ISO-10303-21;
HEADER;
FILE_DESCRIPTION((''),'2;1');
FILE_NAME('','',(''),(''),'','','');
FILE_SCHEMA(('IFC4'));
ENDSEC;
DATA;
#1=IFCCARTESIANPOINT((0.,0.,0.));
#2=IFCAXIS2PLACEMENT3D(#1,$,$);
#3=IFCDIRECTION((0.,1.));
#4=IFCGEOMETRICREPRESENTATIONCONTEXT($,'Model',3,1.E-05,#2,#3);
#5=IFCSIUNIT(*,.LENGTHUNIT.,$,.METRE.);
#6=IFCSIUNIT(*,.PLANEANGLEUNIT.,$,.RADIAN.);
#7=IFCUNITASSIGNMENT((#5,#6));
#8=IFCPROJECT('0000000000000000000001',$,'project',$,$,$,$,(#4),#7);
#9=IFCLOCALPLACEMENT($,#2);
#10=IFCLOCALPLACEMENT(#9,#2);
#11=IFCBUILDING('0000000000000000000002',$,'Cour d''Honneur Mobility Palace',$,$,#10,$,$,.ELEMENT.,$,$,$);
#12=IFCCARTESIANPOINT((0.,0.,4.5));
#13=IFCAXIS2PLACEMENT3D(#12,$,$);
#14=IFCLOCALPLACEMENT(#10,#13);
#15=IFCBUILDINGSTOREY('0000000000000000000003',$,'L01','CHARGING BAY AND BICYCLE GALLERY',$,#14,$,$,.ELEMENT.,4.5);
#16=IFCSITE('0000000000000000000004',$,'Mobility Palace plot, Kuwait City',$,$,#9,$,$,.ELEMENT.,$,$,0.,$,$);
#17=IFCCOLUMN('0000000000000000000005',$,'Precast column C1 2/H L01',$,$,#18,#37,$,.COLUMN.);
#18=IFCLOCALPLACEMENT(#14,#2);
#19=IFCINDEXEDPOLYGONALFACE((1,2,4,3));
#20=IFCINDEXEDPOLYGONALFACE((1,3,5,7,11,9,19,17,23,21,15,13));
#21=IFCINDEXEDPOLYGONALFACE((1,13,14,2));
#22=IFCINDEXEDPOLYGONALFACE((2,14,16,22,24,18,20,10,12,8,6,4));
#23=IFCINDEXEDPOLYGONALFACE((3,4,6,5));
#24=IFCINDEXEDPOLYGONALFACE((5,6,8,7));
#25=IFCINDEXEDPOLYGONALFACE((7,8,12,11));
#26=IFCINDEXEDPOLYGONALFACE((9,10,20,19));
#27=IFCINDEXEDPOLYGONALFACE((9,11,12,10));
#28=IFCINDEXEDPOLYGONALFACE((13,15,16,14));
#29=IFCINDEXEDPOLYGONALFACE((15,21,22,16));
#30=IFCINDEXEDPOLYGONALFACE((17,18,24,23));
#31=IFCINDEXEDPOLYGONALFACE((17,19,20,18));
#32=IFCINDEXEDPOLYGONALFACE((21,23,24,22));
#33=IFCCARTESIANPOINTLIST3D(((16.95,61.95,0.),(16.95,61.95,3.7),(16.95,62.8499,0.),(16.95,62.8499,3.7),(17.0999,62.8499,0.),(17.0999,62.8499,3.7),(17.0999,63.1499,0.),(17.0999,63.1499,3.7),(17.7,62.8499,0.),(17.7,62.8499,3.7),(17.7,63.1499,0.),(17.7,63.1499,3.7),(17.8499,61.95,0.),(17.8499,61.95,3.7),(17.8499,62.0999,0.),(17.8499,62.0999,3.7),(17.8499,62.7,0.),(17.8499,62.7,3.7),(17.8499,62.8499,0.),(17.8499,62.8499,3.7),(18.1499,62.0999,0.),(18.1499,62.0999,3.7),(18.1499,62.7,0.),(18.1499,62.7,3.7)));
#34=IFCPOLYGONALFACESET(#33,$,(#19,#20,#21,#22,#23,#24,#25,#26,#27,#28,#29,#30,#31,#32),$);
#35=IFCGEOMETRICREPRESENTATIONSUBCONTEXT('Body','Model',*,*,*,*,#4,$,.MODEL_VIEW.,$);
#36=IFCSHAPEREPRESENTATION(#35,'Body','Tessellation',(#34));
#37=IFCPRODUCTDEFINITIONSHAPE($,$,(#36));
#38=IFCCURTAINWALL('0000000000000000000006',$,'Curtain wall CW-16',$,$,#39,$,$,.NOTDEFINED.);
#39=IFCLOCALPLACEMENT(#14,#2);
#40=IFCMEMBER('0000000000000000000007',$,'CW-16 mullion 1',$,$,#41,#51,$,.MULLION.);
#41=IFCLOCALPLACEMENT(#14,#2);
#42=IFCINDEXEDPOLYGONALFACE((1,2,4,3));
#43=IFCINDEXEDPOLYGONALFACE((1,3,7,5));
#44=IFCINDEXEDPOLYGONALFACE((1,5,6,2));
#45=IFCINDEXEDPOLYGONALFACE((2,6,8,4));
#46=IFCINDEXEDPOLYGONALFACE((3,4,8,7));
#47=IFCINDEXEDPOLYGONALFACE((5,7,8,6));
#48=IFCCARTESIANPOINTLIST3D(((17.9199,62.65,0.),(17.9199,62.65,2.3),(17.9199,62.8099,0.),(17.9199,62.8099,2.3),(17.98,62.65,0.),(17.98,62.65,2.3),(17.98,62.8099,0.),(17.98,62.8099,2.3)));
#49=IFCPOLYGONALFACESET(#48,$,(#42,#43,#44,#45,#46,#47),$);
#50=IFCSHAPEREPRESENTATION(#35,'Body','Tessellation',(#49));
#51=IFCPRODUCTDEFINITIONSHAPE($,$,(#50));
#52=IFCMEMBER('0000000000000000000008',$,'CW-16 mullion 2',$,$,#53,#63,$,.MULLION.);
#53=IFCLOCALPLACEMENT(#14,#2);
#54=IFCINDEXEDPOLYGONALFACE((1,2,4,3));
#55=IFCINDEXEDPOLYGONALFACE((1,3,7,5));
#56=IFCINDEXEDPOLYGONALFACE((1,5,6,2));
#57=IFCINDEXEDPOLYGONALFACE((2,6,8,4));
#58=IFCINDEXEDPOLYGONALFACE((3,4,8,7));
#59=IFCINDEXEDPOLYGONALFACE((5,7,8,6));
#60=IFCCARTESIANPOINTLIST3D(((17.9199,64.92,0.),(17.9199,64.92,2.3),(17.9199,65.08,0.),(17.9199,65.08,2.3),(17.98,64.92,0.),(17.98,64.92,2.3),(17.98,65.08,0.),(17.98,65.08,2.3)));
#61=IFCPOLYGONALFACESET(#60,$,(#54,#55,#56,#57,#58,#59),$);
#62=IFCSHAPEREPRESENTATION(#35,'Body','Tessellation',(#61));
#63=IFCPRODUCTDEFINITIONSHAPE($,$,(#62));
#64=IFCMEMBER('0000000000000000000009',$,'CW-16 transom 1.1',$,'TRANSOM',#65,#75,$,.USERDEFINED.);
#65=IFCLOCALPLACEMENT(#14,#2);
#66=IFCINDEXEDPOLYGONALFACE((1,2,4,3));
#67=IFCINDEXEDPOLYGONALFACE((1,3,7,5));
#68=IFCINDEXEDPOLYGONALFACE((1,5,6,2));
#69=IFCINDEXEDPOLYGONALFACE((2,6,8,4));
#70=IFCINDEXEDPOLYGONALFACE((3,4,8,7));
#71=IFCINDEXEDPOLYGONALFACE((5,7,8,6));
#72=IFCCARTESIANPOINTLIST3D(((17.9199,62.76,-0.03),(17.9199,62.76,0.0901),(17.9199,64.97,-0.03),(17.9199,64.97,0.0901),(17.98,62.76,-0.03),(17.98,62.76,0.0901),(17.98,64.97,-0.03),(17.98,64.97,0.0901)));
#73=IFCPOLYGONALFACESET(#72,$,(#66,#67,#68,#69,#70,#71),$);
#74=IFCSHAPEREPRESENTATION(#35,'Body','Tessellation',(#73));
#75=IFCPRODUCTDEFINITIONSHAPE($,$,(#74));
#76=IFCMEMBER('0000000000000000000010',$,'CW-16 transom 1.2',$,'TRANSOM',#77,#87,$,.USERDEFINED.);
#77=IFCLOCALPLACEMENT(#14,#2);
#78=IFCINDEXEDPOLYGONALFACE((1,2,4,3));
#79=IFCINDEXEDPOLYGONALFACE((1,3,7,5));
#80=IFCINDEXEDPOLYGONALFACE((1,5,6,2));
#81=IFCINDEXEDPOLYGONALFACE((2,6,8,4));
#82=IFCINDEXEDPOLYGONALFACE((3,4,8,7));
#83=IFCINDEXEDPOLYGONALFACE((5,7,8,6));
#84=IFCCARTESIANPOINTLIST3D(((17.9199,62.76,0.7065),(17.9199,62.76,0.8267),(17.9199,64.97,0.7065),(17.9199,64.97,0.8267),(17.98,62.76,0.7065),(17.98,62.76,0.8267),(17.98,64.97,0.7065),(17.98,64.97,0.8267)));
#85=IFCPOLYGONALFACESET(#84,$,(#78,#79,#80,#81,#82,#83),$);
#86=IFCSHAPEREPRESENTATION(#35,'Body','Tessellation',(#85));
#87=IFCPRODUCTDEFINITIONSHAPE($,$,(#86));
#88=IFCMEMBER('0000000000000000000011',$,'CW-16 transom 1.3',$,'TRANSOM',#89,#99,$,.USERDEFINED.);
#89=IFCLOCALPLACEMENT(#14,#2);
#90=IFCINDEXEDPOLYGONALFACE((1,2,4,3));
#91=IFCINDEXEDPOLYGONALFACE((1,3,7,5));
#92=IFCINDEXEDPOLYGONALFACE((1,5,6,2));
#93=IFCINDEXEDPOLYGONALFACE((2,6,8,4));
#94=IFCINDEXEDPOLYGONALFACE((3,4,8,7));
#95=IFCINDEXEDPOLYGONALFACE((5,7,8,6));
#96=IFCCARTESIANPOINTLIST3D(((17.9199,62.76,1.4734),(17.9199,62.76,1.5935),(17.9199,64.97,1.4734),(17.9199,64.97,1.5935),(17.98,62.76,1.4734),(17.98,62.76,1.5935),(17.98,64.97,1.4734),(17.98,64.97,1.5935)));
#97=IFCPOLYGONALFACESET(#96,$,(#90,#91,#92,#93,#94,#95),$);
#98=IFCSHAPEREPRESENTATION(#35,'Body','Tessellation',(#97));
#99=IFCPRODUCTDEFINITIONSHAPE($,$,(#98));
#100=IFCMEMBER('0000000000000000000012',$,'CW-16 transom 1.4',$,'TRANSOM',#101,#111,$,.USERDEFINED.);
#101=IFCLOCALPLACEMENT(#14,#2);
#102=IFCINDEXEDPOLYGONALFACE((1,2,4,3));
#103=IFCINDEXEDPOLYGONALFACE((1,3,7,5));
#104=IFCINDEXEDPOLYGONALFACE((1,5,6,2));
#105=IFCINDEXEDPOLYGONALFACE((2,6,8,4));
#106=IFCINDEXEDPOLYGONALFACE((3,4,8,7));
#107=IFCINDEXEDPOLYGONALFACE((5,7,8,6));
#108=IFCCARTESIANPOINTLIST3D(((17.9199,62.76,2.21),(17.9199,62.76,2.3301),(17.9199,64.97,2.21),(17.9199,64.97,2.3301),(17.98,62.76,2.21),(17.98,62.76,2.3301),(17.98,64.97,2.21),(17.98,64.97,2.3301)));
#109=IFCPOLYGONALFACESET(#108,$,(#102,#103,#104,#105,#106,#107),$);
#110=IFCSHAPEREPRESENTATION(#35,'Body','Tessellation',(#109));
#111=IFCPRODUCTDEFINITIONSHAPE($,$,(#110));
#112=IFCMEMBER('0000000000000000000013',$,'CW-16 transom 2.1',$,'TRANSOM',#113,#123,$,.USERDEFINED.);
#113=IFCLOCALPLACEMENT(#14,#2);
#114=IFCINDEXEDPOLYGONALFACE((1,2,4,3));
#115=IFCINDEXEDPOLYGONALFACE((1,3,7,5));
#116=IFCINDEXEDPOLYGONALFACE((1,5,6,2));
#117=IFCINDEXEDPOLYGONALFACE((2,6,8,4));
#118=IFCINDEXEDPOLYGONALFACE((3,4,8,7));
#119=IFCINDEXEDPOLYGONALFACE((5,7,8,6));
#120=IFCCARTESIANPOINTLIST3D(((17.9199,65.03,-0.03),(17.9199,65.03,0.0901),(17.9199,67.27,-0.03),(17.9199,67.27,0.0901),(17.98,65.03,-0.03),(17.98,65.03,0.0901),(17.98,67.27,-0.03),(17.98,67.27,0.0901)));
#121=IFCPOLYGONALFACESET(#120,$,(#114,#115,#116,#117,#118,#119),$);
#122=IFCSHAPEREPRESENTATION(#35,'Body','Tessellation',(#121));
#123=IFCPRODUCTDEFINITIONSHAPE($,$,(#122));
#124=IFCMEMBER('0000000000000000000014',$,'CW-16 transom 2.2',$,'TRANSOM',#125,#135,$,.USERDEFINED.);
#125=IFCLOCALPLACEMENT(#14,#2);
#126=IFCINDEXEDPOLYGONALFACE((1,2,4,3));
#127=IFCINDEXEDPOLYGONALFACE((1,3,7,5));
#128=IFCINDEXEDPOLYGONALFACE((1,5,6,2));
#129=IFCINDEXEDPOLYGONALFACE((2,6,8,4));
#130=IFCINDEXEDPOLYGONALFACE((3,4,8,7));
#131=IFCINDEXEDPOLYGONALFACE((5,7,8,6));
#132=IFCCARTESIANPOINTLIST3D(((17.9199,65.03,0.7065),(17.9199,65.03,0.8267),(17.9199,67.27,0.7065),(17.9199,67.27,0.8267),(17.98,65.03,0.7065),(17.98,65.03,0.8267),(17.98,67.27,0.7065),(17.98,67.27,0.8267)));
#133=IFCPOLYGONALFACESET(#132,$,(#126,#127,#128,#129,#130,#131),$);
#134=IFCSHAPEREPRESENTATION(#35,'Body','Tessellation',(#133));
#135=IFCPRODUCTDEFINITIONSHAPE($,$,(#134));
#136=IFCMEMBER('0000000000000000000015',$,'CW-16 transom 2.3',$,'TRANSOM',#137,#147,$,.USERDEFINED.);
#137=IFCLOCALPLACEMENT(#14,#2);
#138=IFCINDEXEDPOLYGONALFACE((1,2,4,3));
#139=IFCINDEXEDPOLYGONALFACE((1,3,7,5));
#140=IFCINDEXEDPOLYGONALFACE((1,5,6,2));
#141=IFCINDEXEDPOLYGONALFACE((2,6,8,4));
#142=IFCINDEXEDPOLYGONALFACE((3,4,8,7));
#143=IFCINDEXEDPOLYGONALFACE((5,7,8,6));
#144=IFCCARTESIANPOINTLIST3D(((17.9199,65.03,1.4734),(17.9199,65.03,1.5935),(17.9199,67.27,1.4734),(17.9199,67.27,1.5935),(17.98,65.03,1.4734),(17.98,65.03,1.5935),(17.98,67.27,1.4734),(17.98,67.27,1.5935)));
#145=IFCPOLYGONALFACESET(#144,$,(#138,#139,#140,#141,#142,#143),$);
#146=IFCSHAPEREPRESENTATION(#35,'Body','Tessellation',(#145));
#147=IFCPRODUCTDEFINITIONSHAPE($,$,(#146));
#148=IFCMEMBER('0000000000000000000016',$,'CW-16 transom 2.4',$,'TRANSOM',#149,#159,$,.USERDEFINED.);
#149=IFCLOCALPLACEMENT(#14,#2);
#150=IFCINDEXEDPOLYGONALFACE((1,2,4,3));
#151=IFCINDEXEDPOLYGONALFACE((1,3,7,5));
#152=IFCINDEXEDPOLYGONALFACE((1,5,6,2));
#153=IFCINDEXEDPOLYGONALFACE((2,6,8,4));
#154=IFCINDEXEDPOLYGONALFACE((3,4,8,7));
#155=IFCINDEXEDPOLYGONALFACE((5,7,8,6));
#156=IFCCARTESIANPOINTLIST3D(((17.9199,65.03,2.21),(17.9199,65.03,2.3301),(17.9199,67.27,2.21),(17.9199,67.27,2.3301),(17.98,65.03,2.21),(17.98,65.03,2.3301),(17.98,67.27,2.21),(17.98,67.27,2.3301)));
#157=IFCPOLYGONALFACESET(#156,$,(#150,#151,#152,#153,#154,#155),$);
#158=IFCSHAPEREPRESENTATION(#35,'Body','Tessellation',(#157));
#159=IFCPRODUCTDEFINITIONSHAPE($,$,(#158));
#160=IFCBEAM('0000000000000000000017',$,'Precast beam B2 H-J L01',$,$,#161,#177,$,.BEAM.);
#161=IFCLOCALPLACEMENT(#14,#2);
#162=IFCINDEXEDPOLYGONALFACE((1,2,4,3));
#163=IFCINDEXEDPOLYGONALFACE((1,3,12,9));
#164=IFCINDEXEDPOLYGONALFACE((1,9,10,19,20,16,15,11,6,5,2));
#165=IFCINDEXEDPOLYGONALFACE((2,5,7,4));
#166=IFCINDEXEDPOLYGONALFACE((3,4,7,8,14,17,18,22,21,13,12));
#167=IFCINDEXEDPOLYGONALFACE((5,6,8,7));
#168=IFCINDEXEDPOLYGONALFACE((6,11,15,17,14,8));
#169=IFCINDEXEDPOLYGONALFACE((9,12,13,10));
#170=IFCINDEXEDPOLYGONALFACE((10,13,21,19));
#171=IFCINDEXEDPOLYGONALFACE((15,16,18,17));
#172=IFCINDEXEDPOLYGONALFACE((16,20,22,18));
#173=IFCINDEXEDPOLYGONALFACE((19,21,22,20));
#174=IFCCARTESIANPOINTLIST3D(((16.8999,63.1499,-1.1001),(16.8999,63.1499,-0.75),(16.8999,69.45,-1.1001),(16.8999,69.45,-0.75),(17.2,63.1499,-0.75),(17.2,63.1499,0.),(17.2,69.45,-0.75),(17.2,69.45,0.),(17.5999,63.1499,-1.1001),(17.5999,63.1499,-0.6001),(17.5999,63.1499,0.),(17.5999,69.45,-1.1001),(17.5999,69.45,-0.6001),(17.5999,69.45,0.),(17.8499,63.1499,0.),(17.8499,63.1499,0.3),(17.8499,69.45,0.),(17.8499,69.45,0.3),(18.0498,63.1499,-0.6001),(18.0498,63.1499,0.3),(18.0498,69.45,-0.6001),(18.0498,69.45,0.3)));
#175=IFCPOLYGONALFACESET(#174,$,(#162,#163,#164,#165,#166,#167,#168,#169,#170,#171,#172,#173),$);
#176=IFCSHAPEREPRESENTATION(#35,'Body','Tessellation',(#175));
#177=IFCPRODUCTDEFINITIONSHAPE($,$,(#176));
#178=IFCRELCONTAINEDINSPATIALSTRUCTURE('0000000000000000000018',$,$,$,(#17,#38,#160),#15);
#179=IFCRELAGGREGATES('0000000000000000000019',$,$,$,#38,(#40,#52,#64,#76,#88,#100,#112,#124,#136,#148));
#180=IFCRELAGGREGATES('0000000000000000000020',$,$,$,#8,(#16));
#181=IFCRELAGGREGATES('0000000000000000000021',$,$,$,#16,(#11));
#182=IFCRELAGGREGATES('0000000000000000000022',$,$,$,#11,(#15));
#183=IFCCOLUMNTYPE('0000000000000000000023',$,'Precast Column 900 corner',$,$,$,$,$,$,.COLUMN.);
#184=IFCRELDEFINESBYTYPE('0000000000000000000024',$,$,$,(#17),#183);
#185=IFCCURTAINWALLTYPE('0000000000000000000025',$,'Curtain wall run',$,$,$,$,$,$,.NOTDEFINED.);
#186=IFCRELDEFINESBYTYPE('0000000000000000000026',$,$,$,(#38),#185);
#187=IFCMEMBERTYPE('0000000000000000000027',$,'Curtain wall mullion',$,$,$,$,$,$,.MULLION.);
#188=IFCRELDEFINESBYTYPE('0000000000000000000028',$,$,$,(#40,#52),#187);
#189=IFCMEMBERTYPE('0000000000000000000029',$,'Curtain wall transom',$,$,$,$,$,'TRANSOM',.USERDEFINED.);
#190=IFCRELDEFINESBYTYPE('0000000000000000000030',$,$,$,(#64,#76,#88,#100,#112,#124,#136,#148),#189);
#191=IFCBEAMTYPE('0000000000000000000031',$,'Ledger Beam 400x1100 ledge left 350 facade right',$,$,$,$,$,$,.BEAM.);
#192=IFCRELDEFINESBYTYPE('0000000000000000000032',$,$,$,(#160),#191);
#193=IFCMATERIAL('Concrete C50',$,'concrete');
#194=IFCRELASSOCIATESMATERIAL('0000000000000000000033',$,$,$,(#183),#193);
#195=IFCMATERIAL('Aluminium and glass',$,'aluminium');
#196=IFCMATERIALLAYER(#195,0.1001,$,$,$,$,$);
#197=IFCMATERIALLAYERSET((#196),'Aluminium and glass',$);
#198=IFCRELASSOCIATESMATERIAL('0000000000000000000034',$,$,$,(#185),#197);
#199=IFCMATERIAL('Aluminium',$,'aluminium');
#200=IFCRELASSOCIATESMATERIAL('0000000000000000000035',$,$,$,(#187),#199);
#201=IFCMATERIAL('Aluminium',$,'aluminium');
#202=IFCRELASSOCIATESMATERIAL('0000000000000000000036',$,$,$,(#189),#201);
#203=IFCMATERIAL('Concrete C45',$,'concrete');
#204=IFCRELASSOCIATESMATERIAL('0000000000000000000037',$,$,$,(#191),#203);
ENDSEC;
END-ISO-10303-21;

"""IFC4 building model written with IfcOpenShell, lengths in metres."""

from ifc_helpers import new_model, si_unit, direction, frame, origin, origin_2d, place, context, subcontext, project, spatial, polyline, rectangle, outline, extrude, material, layer, layer_set, material_profile, profile_set, type_object, element, aggregate, save


model = new_model("IFC4")

# Units and contexts
model_context = context("Model", 3, precision=1e-05, world=origin(), true_north=direction((0.0, 1.0)))
body_context = subcontext(model_context, "Body", "Model", "MODEL_VIEW")
ifc_project = project(units=[si_unit("LENGTHUNIT", "METRE"), si_unit("PLANEANGLEUNIT", "RADIAN")], contexts=[model_context])

# Site, building, storey
site_placement = place(None, origin())
site = spatial("IfcSite", under=ifc_project, at=site_placement, Name="Mobility Palace plot, Kuwait City", CompositionType="ELEMENT", RefElevation=0.0)
building_placement = place(site_placement, origin())
building = spatial("IfcBuilding", under=site, at=building_placement, Name="Cour d'Honneur Mobility Palace", CompositionType="ELEMENT")
storey_placement = place(building_placement, frame((0.0, 0.0, 4.5)))
storey = spatial("IfcBuildingStorey", under=building, at=storey_placement, Name="L01", Description="CHARGING BAY AND BICYCLE GALLERY", CompositionType="ELEMENT", Elevation=4.5)

# Column
ifc_material_1 = material(Name="Concrete C50", Category="concrete")
ifc_material_profile_1 = material_profile(ifc_material_1, outline(polyline([(-0.45, -0.45), (0.45, -0.45), (0.45, -0.3), (0.75, -0.3), (0.75, 0.3), (0.45, 0.3), (0.45, 0.45), (0.3, 0.45), (0.3, 0.75), (-0.3, 0.75), (-0.3, 0.45), (-0.45, 0.45), (-0.45, -0.45)])), Name="PC C900 corner")
ifc_profile_set_1 = profile_set([ifc_material_profile_1], Name="Concrete C50")
column_type = type_object("IfcColumnType", Name="Precast Column 900 corner", PredefinedType="COLUMN", material=ifc_profile_set_1)
column_placement = place(storey_placement, frame((17.3999, 62.3999, 0.0), z_axis=(0.0, 0.0, 1.0), x_axis=(1.0, 0.0, 0.0)))
element("IfcColumn", 1, at=column_placement, inside=storey, type_object=column_type, Name="Precast column C1 2/H L01", PredefinedType="COLUMN", context=body_context, shape_type="SweptSolid", body=[
    extrude(outline(polyline([(-0.45, -0.45), (0.45, -0.45), (0.45, -0.3), (0.75, -0.3), (0.75, 0.3), (0.45, 0.3), (0.45, 0.45), (0.3, 0.45), (0.3, 0.75), (-0.3, 0.75), (-0.3, 0.45), (-0.45, 0.45), (-0.45, -0.45)])), origin(), (0.0, 0.0, 1.0), 3.7),
])

# Curtain wall, members
ifc_material_2 = material(Name="Aluminium and glass", Category="aluminium")
ifc_layer_1 = layer(ifc_material_2, 0.1001)
ifc_layer_set_1 = layer_set([ifc_layer_1], Name="Aluminium and glass")
curtain_wall_type = type_object("IfcCurtainWallType", Name="Curtain wall run", PredefinedType="NOTDEFINED", material=ifc_layer_set_1)
curtain_wall_placement = place(storey_placement, origin())
curtain_wall = element("IfcCurtainWall", 2, at=curtain_wall_placement, inside=storey, type_object=curtain_wall_type, Name="Curtain wall CW-16", PredefinedType="NOTDEFINED")
ifc_material_3 = material(Name="Aluminium", Category="aluminium")
ifc_material_profile_2 = material_profile(ifc_material_3, rectangle(XDim=0.0601, YDim=0.1599, at=origin_2d()), Name="Curtain wall mullion")
ifc_profile_set_2 = profile_set([ifc_material_profile_2], Name="Aluminium")
member_type_1 = type_object("IfcMemberType", Name="Curtain wall mullion", PredefinedType="MULLION", material=ifc_profile_set_2)
member_1_placement = place(storey_placement, frame((17.95, 62.73, 0.0), z_axis=(0.0, 0.0, 1.0), x_axis=(-1.0, 0.0, 0.0)))
member_1 = element("IfcMember", 3, at=member_1_placement, type_object=member_type_1, Name="CW-16 mullion 1", PredefinedType="MULLION", context=body_context, shape_type="SweptSolid", body=[
    extrude(rectangle(XDim=0.0601, YDim=0.1599, at=origin_2d()), origin(), (0.0, 0.0, 1.0), 2.3),
])
member_2_placement = place(storey_placement, frame((17.95, 65.0, 0.0), z_axis=(0.0, 0.0, 1.0), x_axis=(-1.0, 0.0, 0.0)))
member_2 = element("IfcMember", 4, at=member_2_placement, type_object=member_type_1, Name="CW-16 mullion 2", PredefinedType="MULLION", context=body_context, shape_type="SweptSolid", body=[
    extrude(rectangle(XDim=0.0601, YDim=0.1599, at=origin_2d()), origin(), (0.0, 0.0, 1.0), 2.3),
])
ifc_material_4 = material(Name="Aluminium", Category="aluminium")
ifc_material_profile_3 = material_profile(ifc_material_4, rectangle(XDim=0.0601, YDim=0.1201, at=origin_2d()), Name="Curtain wall transom")
ifc_profile_set_3 = profile_set([ifc_material_profile_3], Name="Aluminium")
member_type_2 = type_object("IfcMemberType", Name="Curtain wall transom", ElementType="TRANSOM", PredefinedType="USERDEFINED", material=ifc_profile_set_3)
member_3_placement = place(storey_placement, frame((17.95, 62.76, 0.03), z_axis=(0.0, 1.0, 0.0), x_axis=(-1.0, 0.0, 0.0)))
member_3 = element("IfcMember", 5, at=member_3_placement, type_object=member_type_2, Name="CW-16 transom 1.1", ObjectType="TRANSOM", PredefinedType="USERDEFINED", context=body_context, shape_type="SweptSolid", body=[
    extrude(rectangle(XDim=0.0601, YDim=0.1201, at=origin_2d()), origin(), (0.0, 0.0, 1.0), 2.21),
])
member_4_placement = place(storey_placement, frame((17.95, 62.76, 0.7666), z_axis=(0.0, 1.0, 0.0), x_axis=(-1.0, 0.0, 0.0)))
member_4 = element("IfcMember", 6, at=member_4_placement, type_object=member_type_2, Name="CW-16 transom 1.2", ObjectType="TRANSOM", PredefinedType="USERDEFINED", context=body_context, shape_type="SweptSolid", body=[
    extrude(rectangle(XDim=0.0601, YDim=0.1201, at=origin_2d()), origin(), (0.0, 0.0, 1.0), 2.21),
])
member_5_placement = place(storey_placement, frame((17.95, 62.76, 1.5334), z_axis=(0.0, 1.0, 0.0), x_axis=(-1.0, 0.0, 0.0)))
member_5 = element("IfcMember", 7, at=member_5_placement, type_object=member_type_2, Name="CW-16 transom 1.3", ObjectType="TRANSOM", PredefinedType="USERDEFINED", context=body_context, shape_type="SweptSolid", body=[
    extrude(rectangle(XDim=0.0601, YDim=0.1201, at=origin_2d()), origin(), (0.0, 0.0, 1.0), 2.21),
])
member_6_placement = place(storey_placement, frame((17.95, 62.76, 2.27), z_axis=(0.0, 1.0, 0.0), x_axis=(-1.0, 0.0, 0.0)))
member_6 = element("IfcMember", 8, at=member_6_placement, type_object=member_type_2, Name="CW-16 transom 1.4", ObjectType="TRANSOM", PredefinedType="USERDEFINED", context=body_context, shape_type="SweptSolid", body=[
    extrude(rectangle(XDim=0.0601, YDim=0.1201, at=origin_2d()), origin(), (0.0, 0.0, 1.0), 2.21),
])
member_7_placement = place(storey_placement, frame((17.95, 65.03, 0.03), z_axis=(0.0, 1.0, 0.0), x_axis=(-1.0, 0.0, 0.0)))
member_7 = element("IfcMember", 9, at=member_7_placement, type_object=member_type_2, Name="CW-16 transom 2.1", ObjectType="TRANSOM", PredefinedType="USERDEFINED", context=body_context, shape_type="SweptSolid", body=[
    extrude(rectangle(XDim=0.0601, YDim=0.1201, at=origin_2d()), origin(), (0.0, 0.0, 1.0), 2.24),
])
member_8_placement = place(storey_placement, frame((17.95, 65.03, 0.7666), z_axis=(0.0, 1.0, 0.0), x_axis=(-1.0, 0.0, 0.0)))
member_8 = element("IfcMember", 10, at=member_8_placement, type_object=member_type_2, Name="CW-16 transom 2.2", ObjectType="TRANSOM", PredefinedType="USERDEFINED", context=body_context, shape_type="SweptSolid", body=[
    extrude(rectangle(XDim=0.0601, YDim=0.1201, at=origin_2d()), origin(), (0.0, 0.0, 1.0), 2.24),
])
member_9_placement = place(storey_placement, frame((17.95, 65.03, 1.5334), z_axis=(0.0, 1.0, 0.0), x_axis=(-1.0, 0.0, 0.0)))
member_9 = element("IfcMember", 11, at=member_9_placement, type_object=member_type_2, Name="CW-16 transom 2.3", ObjectType="TRANSOM", PredefinedType="USERDEFINED", context=body_context, shape_type="SweptSolid", body=[
    extrude(rectangle(XDim=0.0601, YDim=0.1201, at=origin_2d()), origin(), (0.0, 0.0, 1.0), 2.24),
])
member_10_placement = place(storey_placement, frame((17.95, 65.03, 2.27), z_axis=(0.0, 1.0, 0.0), x_axis=(-1.0, 0.0, 0.0)))
member_10 = element("IfcMember", 12, at=member_10_placement, type_object=member_type_2, Name="CW-16 transom 2.4", ObjectType="TRANSOM", PredefinedType="USERDEFINED", context=body_context, shape_type="SweptSolid", body=[
    extrude(rectangle(XDim=0.0601, YDim=0.1201, at=origin_2d()), origin(), (0.0, 0.0, 1.0), 2.24),
])

# Beam
ifc_material_5 = material(Name="Concrete C45", Category="concrete")
ifc_material_profile_4 = material_profile(ifc_material_5, outline(polyline([(0.5, -1.1001), (0.5, -0.75), (0.2, -0.75), (0.2, 0.0), (-0.2, 0.0), (-0.45, 0.0), (-0.45, 0.3), (-0.6499, 0.3), (-0.6499, -0.6001), (-0.2, -0.6001), (-0.2, -1.1001), (0.5, -1.1001)])), Name="Ledger Beam 400x1100 ledge left 350 facade right")
ifc_profile_set_4 = profile_set([ifc_material_profile_4], Name="Concrete C45")
beam_type = type_object("IfcBeamType", Name="Ledger Beam 400x1100 ledge left 350 facade right", PredefinedType="BEAM", material=ifc_profile_set_4)
beam_placement = place(storey_placement, frame((17.3999, 63.1499, 0.0), z_axis=(0.0, 1.0, 0.0), x_axis=(-1.0, 0.0, 0.0)))
element("IfcBeam", 13, at=beam_placement, inside=storey, type_object=beam_type, Name="Precast beam B2 H-J L01", PredefinedType="BEAM", context=body_context, shape_type="SweptSolid", body=[
    extrude(outline(polyline([(0.5, -1.1001), (0.5, -0.75), (0.2, -0.75), (0.2, 0.0), (-0.2, 0.0), (-0.45, 0.0), (-0.45, 0.3), (-0.6499, 0.3), (-0.6499, -0.6001), (-0.2, -0.6001), (-0.2, -1.1001), (0.5, -1.1001)])), origin(), (0.0, 0.0, 1.0), 6.3),
])

aggregate(curtain_wall, [member_1, member_2, member_3, member_4, member_5, member_6, member_7, member_8, member_9, member_10])

save(model, "model.ifc")
